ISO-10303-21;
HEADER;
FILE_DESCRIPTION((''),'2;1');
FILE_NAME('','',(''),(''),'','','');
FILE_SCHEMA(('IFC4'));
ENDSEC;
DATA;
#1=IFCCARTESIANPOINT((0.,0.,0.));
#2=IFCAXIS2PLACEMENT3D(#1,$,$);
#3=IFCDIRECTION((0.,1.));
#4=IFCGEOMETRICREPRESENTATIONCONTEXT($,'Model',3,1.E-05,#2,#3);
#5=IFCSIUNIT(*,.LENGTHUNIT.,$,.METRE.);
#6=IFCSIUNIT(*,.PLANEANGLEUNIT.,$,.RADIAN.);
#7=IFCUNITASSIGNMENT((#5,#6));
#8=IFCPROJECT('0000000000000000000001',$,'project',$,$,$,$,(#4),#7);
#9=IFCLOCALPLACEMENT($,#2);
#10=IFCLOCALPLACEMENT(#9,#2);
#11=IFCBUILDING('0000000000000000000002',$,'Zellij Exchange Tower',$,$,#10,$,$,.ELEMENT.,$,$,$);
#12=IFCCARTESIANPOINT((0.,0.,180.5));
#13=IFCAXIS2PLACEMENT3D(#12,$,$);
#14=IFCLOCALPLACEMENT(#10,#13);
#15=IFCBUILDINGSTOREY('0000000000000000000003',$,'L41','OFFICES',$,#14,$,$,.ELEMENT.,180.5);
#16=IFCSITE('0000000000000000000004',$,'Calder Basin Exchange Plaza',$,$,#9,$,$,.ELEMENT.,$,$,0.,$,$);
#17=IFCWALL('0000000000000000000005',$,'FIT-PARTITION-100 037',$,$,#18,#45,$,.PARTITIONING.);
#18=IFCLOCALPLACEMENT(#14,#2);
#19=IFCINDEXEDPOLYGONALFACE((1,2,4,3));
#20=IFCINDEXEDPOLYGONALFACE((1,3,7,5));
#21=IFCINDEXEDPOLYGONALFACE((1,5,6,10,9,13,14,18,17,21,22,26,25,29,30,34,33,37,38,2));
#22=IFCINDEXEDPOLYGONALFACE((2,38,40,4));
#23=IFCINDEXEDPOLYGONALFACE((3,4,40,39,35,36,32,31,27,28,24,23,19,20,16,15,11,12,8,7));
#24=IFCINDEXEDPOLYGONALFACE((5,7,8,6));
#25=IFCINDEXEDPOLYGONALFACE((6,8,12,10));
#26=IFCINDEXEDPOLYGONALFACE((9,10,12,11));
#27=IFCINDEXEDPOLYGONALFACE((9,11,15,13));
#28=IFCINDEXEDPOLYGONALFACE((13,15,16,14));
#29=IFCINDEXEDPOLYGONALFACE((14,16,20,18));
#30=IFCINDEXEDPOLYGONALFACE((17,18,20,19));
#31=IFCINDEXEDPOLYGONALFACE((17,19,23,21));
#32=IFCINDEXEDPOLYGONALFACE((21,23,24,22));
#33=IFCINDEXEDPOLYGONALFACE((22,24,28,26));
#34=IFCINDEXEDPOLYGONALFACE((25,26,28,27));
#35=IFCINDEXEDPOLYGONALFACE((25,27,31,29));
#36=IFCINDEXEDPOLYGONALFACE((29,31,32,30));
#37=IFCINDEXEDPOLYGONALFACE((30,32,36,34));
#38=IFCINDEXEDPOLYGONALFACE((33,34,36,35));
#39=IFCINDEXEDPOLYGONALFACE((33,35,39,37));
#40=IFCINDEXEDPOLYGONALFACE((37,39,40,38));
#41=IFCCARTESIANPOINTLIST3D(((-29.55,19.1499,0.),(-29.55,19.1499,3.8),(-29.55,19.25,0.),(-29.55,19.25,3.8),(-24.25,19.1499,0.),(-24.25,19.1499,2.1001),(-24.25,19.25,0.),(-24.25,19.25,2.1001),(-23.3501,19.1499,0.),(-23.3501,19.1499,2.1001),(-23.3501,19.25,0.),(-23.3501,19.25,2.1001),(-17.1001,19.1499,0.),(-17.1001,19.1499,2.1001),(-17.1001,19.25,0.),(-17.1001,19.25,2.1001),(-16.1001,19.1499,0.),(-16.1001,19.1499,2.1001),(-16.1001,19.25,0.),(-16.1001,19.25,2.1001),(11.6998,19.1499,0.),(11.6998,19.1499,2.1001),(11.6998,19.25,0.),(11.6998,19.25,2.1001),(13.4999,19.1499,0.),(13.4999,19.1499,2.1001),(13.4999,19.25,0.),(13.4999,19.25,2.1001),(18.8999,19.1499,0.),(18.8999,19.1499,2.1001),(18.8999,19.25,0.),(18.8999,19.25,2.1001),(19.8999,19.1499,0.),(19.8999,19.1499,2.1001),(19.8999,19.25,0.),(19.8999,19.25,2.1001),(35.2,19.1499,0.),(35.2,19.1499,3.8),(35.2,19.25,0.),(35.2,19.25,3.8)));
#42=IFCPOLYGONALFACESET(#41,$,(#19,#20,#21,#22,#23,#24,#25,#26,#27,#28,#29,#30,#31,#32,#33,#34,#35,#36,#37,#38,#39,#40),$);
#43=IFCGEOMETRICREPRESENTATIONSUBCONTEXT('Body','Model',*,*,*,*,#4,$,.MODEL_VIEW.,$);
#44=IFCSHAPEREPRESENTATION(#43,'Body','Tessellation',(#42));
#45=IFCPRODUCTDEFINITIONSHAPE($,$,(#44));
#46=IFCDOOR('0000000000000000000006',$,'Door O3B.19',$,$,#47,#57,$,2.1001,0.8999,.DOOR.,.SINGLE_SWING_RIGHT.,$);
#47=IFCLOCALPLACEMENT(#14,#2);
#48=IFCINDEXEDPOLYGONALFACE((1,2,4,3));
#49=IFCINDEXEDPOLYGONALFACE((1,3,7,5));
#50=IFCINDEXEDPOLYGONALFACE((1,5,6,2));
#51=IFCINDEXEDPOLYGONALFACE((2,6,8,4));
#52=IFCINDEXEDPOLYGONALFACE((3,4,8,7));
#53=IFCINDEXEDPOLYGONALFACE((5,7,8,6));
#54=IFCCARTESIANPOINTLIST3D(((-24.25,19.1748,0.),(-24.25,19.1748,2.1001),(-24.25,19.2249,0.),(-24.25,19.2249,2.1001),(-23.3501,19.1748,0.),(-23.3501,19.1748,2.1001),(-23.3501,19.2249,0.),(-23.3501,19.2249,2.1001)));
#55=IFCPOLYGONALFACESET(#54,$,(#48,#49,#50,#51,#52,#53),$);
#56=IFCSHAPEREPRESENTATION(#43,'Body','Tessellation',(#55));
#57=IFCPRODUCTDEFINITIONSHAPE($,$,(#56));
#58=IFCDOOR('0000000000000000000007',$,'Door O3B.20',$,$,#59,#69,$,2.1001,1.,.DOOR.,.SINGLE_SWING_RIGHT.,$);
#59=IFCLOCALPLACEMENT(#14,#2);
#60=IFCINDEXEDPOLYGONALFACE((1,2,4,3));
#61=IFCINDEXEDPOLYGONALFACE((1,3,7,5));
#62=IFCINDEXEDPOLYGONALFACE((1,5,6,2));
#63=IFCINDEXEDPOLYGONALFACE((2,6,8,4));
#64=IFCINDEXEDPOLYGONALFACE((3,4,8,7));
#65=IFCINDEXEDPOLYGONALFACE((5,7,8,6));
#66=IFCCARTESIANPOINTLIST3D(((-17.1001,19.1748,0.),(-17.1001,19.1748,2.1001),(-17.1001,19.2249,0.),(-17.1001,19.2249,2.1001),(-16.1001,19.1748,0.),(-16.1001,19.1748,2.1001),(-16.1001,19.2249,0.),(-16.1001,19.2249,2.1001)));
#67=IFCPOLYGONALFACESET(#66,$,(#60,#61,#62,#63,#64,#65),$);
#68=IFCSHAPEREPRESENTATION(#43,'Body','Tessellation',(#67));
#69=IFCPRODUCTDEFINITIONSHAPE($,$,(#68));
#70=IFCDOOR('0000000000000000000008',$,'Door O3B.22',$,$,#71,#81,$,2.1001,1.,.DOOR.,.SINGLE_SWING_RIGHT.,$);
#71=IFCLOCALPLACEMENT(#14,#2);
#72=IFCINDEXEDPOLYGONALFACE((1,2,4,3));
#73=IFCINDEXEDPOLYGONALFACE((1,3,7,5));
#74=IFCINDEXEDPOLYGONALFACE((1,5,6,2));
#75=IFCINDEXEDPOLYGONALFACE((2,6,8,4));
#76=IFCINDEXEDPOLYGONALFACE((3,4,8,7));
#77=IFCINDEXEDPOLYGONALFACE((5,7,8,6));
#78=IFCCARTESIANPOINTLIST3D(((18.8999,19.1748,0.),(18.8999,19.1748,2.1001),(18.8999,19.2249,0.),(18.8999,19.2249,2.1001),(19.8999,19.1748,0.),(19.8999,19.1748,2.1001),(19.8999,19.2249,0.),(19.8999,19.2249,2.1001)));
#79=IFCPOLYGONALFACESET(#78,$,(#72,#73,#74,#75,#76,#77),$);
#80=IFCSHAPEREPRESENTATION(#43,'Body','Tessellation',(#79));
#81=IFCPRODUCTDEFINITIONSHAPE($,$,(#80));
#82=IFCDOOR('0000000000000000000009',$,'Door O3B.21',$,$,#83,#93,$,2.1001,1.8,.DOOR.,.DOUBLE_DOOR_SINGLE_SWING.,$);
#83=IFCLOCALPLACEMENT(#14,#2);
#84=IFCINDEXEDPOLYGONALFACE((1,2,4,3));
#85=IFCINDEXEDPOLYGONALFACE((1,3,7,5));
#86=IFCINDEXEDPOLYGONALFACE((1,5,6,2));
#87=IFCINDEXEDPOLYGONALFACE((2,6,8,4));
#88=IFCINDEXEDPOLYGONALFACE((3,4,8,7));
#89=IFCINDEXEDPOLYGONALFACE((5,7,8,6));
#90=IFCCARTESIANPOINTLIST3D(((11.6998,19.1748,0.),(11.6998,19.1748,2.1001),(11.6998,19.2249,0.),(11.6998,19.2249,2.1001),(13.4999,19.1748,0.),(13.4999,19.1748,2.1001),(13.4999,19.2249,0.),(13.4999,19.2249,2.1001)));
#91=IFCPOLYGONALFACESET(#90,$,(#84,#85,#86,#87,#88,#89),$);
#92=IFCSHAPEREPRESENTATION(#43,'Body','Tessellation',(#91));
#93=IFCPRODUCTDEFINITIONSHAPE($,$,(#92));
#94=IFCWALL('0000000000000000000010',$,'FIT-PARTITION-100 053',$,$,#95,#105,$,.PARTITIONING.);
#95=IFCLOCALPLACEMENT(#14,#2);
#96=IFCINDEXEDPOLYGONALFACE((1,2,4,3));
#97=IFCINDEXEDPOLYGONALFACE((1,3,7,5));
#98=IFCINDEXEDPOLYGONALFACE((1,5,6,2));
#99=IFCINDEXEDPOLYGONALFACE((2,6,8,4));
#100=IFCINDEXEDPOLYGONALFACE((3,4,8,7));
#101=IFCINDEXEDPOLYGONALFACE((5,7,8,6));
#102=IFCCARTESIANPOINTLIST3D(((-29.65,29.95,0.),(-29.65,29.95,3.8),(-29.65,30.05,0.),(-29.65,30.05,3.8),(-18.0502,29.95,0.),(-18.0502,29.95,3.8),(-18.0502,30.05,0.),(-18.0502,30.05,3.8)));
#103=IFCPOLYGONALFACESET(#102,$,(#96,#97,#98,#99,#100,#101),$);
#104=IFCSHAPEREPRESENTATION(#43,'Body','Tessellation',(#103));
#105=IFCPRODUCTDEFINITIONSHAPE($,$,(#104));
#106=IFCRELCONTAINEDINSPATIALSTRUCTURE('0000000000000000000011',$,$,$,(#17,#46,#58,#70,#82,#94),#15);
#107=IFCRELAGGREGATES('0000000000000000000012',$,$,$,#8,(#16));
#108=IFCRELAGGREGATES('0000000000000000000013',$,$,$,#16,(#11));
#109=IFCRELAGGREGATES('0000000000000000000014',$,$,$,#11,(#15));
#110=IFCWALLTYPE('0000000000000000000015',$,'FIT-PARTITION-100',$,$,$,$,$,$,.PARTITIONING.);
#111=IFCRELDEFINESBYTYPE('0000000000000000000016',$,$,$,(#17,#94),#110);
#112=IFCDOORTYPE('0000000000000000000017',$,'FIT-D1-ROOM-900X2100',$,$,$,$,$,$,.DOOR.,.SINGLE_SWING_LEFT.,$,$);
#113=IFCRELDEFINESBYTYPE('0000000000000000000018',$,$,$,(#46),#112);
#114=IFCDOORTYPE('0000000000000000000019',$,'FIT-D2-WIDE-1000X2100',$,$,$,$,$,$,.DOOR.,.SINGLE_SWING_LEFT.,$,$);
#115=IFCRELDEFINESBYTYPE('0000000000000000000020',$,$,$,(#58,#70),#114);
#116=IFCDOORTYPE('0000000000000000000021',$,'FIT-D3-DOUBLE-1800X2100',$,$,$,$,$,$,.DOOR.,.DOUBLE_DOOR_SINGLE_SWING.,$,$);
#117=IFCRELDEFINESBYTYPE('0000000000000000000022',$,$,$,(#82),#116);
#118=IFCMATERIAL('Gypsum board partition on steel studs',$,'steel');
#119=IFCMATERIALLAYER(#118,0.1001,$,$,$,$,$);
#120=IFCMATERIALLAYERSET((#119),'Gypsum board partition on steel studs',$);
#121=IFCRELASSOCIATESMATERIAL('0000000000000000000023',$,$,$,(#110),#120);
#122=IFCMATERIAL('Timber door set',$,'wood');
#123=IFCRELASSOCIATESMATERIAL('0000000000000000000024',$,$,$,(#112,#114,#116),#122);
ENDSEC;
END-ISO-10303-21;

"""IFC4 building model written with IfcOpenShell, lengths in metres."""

from ifc_helpers import new_model, si_unit, direction, frame, frame_2d, origin, place, context, subcontext, project, spatial, rectangle, extrude, material, layer, layer_set, type_object, element, fill, save


model = new_model("IFC4")

# Units and contexts
model_context = context("Model", 3, precision=1e-05, world=origin(), true_north=direction((0.0, 1.0)))
body_context = subcontext(model_context, "Body", "Model", "MODEL_VIEW")
ifc_project = project(units=[si_unit("LENGTHUNIT", "METRE"), si_unit("PLANEANGLEUNIT", "RADIAN")], contexts=[model_context])

# Site, building, storey
site_placement = place(None, origin())
site = spatial("IfcSite", under=ifc_project, at=site_placement, Name="Calder Basin Exchange Plaza", CompositionType="ELEMENT", RefElevation=0.0)
building_placement = place(site_placement, origin())
building = spatial("IfcBuilding", under=site, at=building_placement, Name="Zellij Exchange Tower", CompositionType="ELEMENT")
storey_placement = place(building_placement, frame((0.0, 0.0, 180.5)))
storey = spatial("IfcBuildingStorey", under=building, at=storey_placement, Name="L41", Description="OFFICES", CompositionType="ELEMENT", Elevation=180.5)

# Shared definitions
ifc_material_1 = material(Name="Gypsum board partition on steel studs", Category="steel")
ifc_layer_1 = layer(ifc_material_1, 0.1001)
ifc_layer_set_1 = layer_set([ifc_layer_1], Name="Gypsum board partition on steel studs")
wall_type_1 = type_object("IfcWallType", Name="FIT-PARTITION-100", PredefinedType="PARTITIONING", material=ifc_layer_set_1)

# Wall, openings, doors
ifc_material_2 = material(Name="Timber door set", Category="wood")
door_type_1 = type_object("IfcDoorType", Name="FIT-D1-ROOM-900X2100", OperationType="SINGLE_SWING_LEFT", PredefinedType="DOOR", material=ifc_material_2)
wall_1_placement = place(storey_placement, frame((-29.55, 19.2, 0.0), z_axis=(0.0, 0.0, 1.0), x_axis=(1.0, 0.0, 0.0)))
wall_1 = element("IfcWall", 1, at=wall_1_placement, inside=storey, type_object=wall_type_1, Name="FIT-PARTITION-100 037", PredefinedType="PARTITIONING", context=body_context, shape_type="SweptSolid", body=[
    extrude(rectangle(XDim=64.75, YDim=0.1001, at=frame_2d((32.375, 0.0))), origin(), (0.0, 0.0, 1.0), 3.8),
])
opening_1_placement = place(wall_1_placement, frame((5.3, 0.0, 0.0)))
opening_1 = element("IfcOpeningElement", 2, at=opening_1_placement, cuts=wall_1, PredefinedType="OPENING", context=body_context, shape_type="SweptSolid", body=[
    extrude(rectangle(XDim=0.8999, YDim=2.1001, at=frame_2d((0.45, 1.05))), frame((0.0, 0.062, 0.0), z_axis=(0.0, -1.0, 0.0), x_axis=(1.0, 0.0, 0.0)), (0.0, 0.0, 1.0), 0.124),
])
opening_2_placement = place(wall_1_placement, frame((12.45, 0.0, 0.0)))
opening_2 = element("IfcOpeningElement", 3, at=opening_2_placement, cuts=wall_1, PredefinedType="OPENING", context=body_context, shape_type="SweptSolid", body=[
    extrude(rectangle(XDim=1.0, YDim=2.1001, at=frame_2d((0.5, 1.05))), frame((0.0, 0.062, 0.0), z_axis=(0.0, -1.0, 0.0), x_axis=(1.0, 0.0, 0.0)), (0.0, 0.0, 1.0), 0.124),
])
opening_3_placement = place(wall_1_placement, frame((41.25, 0.0, 0.0)))
opening_3 = element("IfcOpeningElement", 4, at=opening_3_placement, cuts=wall_1, PredefinedType="OPENING", context=body_context, shape_type="SweptSolid", body=[
    extrude(rectangle(XDim=1.8, YDim=2.1001, at=frame_2d((0.8999, 1.05))), frame((0.0, 0.062, 0.0), z_axis=(0.0, -1.0, 0.0), x_axis=(1.0, 0.0, 0.0)), (0.0, 0.0, 1.0), 0.124),
])
opening_4_placement = place(wall_1_placement, frame((48.45, 0.0, 0.0)))
opening_4 = element("IfcOpeningElement", 5, at=opening_4_placement, cuts=wall_1, PredefinedType="OPENING", context=body_context, shape_type="SweptSolid", body=[
    extrude(rectangle(XDim=1.0, YDim=2.1001, at=frame_2d((0.5, 1.05))), frame((0.0, 0.062, 0.0), z_axis=(0.0, -1.0, 0.0), x_axis=(1.0, 0.0, 0.0)), (0.0, 0.0, 1.0), 0.124),
])
door_1_placement = place(opening_1_placement, origin())
door_1 = element("IfcDoor", 6, at=door_1_placement, inside=storey, type_object=door_type_1, Name="Door O3B.19", OperationType="SINGLE_SWING_RIGHT", OverallHeight=2.1001, OverallWidth=0.8999, PredefinedType="DOOR", context=body_context, shape_type="SweptSolid", body=[
    extrude(rectangle(XDim=0.8999, YDim=2.1001, at=frame_2d((0.45, 1.05))), frame((0.0, 0.0249, 0.0), z_axis=(0.0, -1.0, 0.0), x_axis=(1.0, 0.0, 0.0)), (0.0, 0.0, 1.0), 0.05),
])
fill(opening_1, door_1)
door_type_2 = type_object("IfcDoorType", Name="FIT-D2-WIDE-1000X2100", OperationType="SINGLE_SWING_LEFT", PredefinedType="DOOR", material=ifc_material_2)
door_2_placement = place(opening_2_placement, origin())
door_2 = element("IfcDoor", 7, at=door_2_placement, inside=storey, type_object=door_type_2, Name="Door O3B.20", OperationType="SINGLE_SWING_RIGHT", OverallHeight=2.1001, OverallWidth=1.0, PredefinedType="DOOR", context=body_context, shape_type="SweptSolid", body=[
    extrude(rectangle(XDim=1.0, YDim=2.1001, at=frame_2d((0.5, 1.05))), frame((0.0, 0.0249, 0.0), z_axis=(0.0, -1.0, 0.0), x_axis=(1.0, 0.0, 0.0)), (0.0, 0.0, 1.0), 0.05),
])
fill(opening_2, door_2)
door_3_placement = place(opening_4_placement, origin())
door_3 = element("IfcDoor", 8, at=door_3_placement, inside=storey, type_object=door_type_2, Name="Door O3B.22", OperationType="SINGLE_SWING_RIGHT", OverallHeight=2.1001, OverallWidth=1.0, PredefinedType="DOOR", context=body_context, shape_type="SweptSolid", body=[
    extrude(rectangle(XDim=1.0, YDim=2.1001, at=frame_2d((0.5, 1.05))), frame((0.0, 0.0249, 0.0), z_axis=(0.0, -1.0, 0.0), x_axis=(1.0, 0.0, 0.0)), (0.0, 0.0, 1.0), 0.05),
])
fill(opening_4, door_3)
door_type_3 = type_object("IfcDoorType", Name="FIT-D3-DOUBLE-1800X2100", OperationType="DOUBLE_DOOR_SINGLE_SWING", PredefinedType="DOOR", material=ifc_material_2)
door_4_placement = place(opening_3_placement, origin())
door_4 = element("IfcDoor", 9, at=door_4_placement, inside=storey, type_object=door_type_3, Name="Door O3B.21", OperationType="DOUBLE_DOOR_SINGLE_SWING", OverallHeight=2.1001, OverallWidth=1.8, PredefinedType="DOOR", context=body_context, shape_type="SweptSolid", body=[
    extrude(rectangle(XDim=1.8, YDim=2.1001, at=frame_2d((0.8999, 1.05))), frame((0.0, 0.0249, 0.0), z_axis=(0.0, -1.0, 0.0), x_axis=(1.0, 0.0, 0.0)), (0.0, 0.0, 1.0), 0.05),
])
fill(opening_3, door_4)

# Wall
wall_2_placement = place(storey_placement, frame((-29.6499, 30.0, 0.0), z_axis=(0.0, 0.0, 1.0), x_axis=(1.0, 0.0, 0.0)))
element("IfcWall", 10, at=wall_2_placement, inside=storey, type_object=wall_type_1, Name="FIT-PARTITION-100 053", PredefinedType="PARTITIONING", context=body_context, shape_type="SweptSolid", body=[
    extrude(rectangle(XDim=11.5999, YDim=0.1001, at=frame_2d((5.7998, 0.0))), origin(), (0.0, 0.0, 1.0), 3.8),
])

save(model, "model.ifc")
